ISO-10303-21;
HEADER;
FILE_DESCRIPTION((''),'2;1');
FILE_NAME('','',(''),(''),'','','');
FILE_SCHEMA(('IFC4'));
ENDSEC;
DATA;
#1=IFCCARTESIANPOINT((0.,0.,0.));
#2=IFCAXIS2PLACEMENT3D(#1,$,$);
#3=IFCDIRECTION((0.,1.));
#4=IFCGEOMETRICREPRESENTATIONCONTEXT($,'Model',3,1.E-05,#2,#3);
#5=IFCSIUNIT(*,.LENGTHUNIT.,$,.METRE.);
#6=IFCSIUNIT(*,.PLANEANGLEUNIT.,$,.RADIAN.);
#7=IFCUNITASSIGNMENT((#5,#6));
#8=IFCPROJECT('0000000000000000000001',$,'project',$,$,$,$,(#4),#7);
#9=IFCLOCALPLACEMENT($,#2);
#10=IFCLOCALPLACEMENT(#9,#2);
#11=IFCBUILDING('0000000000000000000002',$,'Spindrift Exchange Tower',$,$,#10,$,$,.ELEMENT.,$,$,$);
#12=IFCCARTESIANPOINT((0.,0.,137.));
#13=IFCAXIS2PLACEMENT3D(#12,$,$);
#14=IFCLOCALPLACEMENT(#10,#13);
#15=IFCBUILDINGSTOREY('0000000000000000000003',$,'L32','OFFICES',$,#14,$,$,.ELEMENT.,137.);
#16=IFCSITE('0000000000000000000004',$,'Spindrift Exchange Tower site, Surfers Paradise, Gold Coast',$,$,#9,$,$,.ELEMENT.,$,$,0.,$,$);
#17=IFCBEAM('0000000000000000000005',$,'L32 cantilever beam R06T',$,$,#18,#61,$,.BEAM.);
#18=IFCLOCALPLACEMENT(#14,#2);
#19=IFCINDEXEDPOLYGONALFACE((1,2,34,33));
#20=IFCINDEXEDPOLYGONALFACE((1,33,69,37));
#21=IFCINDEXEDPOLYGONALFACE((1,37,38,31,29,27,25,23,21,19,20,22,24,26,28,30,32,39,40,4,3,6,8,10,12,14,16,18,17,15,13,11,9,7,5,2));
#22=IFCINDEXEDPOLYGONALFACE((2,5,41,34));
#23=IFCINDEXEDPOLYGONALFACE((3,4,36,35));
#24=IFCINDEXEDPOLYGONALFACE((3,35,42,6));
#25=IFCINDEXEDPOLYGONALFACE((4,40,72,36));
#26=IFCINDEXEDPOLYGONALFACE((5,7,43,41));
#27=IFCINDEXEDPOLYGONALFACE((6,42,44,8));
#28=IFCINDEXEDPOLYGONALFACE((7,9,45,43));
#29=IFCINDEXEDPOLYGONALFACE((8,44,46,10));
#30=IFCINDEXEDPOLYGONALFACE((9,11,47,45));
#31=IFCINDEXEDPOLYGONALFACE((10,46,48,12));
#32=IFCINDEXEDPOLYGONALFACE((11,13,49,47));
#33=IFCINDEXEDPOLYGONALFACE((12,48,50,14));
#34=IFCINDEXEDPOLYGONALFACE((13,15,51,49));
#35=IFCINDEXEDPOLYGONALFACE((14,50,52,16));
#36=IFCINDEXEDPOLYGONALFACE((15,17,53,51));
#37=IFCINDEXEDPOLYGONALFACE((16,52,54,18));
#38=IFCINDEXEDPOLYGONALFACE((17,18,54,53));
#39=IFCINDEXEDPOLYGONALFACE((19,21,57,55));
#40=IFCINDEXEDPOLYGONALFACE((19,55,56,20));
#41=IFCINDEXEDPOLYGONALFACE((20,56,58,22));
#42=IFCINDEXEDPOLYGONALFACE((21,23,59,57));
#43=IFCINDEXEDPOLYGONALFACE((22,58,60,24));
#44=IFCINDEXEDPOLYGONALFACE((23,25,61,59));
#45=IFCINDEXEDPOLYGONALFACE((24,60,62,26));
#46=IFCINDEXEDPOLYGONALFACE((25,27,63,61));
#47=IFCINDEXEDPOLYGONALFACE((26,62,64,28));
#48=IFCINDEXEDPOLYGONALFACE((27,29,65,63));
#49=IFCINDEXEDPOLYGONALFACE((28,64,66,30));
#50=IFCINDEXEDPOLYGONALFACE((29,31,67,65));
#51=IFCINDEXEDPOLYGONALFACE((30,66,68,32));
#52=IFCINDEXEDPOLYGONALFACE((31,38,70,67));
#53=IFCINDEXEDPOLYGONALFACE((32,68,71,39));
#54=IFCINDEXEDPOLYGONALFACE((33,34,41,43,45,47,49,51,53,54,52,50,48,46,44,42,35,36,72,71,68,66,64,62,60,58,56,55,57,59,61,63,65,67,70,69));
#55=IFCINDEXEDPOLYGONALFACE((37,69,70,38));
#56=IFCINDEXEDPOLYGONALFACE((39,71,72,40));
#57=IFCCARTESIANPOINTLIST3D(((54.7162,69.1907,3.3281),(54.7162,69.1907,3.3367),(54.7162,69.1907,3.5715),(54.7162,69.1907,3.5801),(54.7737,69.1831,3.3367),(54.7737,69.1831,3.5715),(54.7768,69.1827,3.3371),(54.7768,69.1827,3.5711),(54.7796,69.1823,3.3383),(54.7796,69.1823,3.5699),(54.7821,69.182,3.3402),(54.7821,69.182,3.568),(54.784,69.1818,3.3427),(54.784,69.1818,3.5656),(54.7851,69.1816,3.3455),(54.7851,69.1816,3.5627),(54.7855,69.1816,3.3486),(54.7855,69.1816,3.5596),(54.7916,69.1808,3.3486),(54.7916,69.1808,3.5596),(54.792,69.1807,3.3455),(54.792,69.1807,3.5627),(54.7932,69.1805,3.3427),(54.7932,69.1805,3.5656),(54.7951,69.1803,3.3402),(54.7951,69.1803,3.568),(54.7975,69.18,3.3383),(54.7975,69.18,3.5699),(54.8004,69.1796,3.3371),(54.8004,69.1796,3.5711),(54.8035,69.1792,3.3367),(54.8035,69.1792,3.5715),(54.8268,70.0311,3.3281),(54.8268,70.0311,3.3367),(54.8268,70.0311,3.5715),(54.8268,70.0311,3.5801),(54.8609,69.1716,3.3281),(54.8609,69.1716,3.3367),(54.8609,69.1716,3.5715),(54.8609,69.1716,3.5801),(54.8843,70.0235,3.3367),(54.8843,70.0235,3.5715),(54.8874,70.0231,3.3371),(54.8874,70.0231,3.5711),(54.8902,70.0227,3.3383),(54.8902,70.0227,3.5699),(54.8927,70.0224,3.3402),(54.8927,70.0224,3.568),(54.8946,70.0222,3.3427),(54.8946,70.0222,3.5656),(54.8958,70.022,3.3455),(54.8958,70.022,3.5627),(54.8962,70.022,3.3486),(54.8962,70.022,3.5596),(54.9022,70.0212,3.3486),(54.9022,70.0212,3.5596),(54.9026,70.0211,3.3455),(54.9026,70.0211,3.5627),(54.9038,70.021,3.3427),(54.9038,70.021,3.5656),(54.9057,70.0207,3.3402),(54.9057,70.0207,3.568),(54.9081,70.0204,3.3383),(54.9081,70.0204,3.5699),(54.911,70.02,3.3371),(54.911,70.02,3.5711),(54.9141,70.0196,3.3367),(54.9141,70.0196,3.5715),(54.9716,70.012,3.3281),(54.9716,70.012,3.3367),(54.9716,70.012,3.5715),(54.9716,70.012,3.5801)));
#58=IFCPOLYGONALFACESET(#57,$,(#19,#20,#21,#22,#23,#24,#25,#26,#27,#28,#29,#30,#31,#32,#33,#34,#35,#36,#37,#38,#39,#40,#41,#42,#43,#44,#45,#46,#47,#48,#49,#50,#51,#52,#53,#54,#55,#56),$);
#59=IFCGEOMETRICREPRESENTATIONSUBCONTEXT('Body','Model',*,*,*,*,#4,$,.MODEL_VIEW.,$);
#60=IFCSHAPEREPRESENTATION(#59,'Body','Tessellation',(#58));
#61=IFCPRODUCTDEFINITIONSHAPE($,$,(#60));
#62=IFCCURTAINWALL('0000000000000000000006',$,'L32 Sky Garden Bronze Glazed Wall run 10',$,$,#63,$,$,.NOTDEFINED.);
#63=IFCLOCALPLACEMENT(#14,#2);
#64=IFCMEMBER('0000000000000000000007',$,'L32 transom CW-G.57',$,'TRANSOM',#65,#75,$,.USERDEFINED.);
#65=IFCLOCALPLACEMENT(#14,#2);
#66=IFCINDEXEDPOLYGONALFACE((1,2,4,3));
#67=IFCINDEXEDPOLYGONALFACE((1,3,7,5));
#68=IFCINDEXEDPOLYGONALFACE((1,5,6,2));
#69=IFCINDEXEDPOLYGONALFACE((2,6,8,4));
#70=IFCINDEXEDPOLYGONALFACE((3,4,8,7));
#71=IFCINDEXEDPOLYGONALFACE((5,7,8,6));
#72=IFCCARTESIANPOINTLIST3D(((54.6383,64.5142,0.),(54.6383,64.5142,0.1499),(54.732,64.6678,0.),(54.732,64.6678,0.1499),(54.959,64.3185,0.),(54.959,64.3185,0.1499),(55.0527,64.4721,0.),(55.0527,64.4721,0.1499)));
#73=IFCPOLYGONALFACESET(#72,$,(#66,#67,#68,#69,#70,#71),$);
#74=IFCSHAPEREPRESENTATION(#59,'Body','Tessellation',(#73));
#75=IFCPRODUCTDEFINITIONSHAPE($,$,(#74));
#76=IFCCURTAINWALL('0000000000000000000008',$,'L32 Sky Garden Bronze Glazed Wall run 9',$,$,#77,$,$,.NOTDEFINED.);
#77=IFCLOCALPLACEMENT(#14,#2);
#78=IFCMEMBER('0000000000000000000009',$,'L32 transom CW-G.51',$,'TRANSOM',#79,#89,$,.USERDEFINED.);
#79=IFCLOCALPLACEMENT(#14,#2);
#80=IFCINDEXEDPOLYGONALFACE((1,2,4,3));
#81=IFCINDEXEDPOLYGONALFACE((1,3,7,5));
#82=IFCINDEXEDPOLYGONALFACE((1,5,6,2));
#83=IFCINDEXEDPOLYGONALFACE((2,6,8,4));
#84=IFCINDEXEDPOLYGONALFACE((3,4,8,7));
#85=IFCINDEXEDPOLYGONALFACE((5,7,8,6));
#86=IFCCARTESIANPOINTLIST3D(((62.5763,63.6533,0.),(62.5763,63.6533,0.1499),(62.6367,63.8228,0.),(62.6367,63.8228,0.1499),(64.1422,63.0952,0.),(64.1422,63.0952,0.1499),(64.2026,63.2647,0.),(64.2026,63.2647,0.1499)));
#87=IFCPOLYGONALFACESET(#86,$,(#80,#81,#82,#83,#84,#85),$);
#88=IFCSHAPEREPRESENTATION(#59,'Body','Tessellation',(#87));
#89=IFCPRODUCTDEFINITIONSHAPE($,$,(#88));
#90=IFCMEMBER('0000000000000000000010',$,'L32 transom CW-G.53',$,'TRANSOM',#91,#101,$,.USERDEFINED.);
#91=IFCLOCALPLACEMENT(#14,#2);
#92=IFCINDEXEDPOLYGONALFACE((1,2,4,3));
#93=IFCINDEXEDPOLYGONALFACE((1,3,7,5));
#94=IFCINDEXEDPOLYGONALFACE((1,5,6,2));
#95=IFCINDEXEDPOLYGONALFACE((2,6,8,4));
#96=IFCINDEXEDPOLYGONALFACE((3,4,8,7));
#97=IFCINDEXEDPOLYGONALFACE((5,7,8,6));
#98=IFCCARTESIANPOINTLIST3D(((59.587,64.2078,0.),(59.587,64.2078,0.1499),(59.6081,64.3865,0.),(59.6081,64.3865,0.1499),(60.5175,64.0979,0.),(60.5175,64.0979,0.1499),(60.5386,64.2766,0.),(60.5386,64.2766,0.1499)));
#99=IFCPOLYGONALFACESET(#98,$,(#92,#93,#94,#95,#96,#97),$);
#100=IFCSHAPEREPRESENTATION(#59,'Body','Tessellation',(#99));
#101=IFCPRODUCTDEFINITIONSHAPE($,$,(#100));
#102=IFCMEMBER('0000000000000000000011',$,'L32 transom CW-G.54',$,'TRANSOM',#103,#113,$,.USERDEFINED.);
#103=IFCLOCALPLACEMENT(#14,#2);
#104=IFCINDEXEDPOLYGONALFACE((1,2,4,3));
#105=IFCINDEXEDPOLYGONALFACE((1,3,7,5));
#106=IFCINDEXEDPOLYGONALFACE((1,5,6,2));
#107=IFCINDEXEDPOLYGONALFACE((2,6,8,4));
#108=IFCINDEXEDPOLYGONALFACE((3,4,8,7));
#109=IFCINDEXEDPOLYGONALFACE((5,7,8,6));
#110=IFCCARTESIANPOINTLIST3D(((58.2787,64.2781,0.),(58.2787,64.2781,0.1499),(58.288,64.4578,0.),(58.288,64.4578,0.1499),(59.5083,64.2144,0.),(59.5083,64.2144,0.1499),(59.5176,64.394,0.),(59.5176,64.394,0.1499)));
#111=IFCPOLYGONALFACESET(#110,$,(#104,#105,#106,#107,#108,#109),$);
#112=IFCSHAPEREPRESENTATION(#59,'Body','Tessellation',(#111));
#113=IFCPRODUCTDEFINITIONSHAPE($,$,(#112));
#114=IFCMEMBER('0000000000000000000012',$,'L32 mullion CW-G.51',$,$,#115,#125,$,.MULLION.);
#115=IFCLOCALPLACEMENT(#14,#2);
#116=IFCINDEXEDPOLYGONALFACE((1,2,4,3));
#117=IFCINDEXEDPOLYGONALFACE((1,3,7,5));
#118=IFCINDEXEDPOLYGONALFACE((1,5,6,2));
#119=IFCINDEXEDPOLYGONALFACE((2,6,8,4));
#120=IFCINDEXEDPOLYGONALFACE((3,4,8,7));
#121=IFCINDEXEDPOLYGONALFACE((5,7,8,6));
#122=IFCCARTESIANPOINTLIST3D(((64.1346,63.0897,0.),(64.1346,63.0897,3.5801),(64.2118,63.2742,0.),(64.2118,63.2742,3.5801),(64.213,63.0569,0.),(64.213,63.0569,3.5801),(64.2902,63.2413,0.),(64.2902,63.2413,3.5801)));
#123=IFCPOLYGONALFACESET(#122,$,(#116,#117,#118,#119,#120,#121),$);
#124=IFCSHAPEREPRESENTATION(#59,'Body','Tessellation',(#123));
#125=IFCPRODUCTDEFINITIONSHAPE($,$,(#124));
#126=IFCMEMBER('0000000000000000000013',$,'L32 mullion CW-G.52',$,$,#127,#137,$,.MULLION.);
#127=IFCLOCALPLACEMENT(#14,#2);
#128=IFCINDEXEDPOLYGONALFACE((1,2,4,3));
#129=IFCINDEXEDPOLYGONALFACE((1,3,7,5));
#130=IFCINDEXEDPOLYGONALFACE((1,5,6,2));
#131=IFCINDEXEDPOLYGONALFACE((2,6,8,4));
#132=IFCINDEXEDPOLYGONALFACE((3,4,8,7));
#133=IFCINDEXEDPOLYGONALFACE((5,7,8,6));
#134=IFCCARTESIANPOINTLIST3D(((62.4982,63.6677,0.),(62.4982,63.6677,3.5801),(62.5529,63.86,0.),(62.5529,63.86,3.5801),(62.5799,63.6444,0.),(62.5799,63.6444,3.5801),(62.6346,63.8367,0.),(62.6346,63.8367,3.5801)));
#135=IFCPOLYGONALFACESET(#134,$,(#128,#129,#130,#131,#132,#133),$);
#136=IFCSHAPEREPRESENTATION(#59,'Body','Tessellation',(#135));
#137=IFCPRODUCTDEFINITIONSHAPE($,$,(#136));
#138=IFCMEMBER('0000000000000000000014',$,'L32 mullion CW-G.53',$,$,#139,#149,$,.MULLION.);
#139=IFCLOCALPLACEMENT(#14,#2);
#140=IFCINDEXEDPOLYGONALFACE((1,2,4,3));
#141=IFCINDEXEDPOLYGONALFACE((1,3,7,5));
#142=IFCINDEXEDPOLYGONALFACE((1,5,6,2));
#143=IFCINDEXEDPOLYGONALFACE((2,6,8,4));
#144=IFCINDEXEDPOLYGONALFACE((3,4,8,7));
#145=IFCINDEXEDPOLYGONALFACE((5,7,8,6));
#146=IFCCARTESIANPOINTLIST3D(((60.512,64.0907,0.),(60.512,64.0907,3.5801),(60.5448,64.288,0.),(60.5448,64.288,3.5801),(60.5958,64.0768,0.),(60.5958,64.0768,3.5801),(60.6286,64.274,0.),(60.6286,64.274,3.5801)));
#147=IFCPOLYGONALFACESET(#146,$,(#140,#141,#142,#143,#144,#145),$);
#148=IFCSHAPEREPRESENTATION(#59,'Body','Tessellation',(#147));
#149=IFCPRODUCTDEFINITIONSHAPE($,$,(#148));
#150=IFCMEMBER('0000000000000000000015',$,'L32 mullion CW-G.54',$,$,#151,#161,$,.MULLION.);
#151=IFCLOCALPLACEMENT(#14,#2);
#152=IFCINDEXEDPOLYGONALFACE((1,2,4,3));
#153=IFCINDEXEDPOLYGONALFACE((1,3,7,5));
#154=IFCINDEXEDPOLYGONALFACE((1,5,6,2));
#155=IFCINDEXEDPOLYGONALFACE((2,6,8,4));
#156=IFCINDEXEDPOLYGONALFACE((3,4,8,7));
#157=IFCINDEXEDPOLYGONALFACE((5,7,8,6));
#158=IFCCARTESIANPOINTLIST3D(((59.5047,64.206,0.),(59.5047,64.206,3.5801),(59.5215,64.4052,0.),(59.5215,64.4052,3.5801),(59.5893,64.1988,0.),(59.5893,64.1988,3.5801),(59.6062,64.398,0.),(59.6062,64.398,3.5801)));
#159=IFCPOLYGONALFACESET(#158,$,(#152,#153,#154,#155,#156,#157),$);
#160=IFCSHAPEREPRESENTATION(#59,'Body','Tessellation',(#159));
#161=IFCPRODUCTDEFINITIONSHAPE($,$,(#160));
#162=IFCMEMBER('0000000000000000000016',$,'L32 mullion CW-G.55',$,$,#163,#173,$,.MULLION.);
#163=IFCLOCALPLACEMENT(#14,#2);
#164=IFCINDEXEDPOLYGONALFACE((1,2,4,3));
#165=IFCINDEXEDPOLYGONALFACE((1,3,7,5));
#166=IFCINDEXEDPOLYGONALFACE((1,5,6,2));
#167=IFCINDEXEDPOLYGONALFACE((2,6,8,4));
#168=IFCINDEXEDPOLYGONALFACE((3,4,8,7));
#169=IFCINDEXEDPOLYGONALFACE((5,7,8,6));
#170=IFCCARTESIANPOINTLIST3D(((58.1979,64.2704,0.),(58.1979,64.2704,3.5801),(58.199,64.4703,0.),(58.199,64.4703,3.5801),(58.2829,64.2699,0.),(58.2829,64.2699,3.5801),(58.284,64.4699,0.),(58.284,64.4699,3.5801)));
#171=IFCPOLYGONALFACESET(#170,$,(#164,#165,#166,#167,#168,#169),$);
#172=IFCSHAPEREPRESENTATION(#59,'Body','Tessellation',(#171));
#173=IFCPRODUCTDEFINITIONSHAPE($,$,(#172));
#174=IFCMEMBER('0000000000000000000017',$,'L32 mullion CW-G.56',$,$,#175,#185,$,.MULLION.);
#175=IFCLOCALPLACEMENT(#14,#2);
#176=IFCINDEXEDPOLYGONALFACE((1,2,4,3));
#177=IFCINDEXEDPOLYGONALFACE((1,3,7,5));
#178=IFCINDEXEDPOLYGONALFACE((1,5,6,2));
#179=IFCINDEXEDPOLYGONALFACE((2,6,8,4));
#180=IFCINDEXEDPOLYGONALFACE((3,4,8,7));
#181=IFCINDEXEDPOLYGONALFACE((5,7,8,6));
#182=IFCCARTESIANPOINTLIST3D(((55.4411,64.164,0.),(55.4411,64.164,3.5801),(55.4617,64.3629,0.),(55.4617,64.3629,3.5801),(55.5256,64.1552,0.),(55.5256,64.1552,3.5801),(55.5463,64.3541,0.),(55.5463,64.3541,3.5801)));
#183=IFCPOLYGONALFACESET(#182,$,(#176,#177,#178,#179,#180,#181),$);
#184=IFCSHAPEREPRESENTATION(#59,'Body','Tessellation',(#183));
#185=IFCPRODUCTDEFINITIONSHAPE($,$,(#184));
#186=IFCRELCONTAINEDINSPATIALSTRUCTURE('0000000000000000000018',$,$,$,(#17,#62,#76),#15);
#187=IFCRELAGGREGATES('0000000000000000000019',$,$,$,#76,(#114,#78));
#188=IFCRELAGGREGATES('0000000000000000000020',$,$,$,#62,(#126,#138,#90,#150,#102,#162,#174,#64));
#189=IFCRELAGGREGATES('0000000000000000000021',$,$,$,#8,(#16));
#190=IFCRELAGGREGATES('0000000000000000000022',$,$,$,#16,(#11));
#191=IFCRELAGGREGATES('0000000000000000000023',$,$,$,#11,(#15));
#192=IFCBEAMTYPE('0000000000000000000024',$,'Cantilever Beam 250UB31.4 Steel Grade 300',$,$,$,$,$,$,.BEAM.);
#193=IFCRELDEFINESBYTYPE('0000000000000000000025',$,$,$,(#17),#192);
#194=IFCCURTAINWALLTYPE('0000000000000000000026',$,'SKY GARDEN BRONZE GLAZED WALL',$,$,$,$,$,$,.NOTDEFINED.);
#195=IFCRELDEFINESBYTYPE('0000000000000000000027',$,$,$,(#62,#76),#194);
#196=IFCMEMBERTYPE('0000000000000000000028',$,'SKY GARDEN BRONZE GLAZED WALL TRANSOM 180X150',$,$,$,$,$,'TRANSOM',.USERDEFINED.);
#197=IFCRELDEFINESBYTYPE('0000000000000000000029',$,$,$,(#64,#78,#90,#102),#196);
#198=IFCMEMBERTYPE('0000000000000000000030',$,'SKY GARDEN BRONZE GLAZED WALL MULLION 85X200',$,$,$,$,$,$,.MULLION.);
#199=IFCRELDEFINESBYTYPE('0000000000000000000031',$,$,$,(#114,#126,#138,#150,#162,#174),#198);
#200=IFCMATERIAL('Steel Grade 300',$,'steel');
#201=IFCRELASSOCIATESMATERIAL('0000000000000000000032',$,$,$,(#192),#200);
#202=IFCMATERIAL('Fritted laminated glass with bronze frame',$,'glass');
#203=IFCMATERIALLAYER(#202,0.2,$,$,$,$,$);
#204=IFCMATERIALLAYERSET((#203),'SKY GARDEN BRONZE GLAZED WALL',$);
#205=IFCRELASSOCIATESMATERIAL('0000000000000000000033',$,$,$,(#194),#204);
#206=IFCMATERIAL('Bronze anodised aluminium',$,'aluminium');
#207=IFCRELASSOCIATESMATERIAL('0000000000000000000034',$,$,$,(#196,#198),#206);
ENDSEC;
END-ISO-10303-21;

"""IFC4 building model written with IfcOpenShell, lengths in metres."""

from ifc_helpers import new_model, si_unit, direction, frame, origin, origin_2d, place, context, subcontext, project, spatial, rectangle, i_section, extrude, source, transform, mapped, material, layer, layer_set, material_profile, profile_set, type_object, element, aggregate, save


model = new_model("IFC4")

# Units and contexts
model_context = context("Model", 3, precision=1e-05, world=origin(), true_north=direction((0.0, 1.0)))
body_context = subcontext(model_context, "Body", "Model", "MODEL_VIEW")
ifc_project = project(units=[si_unit("LENGTHUNIT", "METRE"), si_unit("PLANEANGLEUNIT", "RADIAN")], contexts=[model_context])

# Site, building, storey
site_placement = place(None, origin())
site = spatial("IfcSite", under=ifc_project, at=site_placement, Name="Spindrift Exchange Tower site, Surfers Paradise, Gold Coast", CompositionType="ELEMENT", RefElevation=0.0)
building_placement = place(site_placement, origin())
building = spatial("IfcBuilding", under=site, at=building_placement, Name="Spindrift Exchange Tower", CompositionType="ELEMENT")
storey_placement = place(building_placement, frame((0.0, 0.0, 137.0)))
storey = spatial("IfcBuildingStorey", under=building, at=storey_placement, Name="L32", Description="OFFICES", CompositionType="ELEMENT", Elevation=137.0)

# Beam
ifc_material_1 = material(Name="Steel Grade 300", Category="steel")
ifc_material_profile_1 = material_profile(ifc_material_1, i_section(OverallWidth=0.146, OverallDepth=0.252, WebThickness=0.0061, FlangeThickness=0.0085, FilletRadius=0.012, at=origin_2d()), Name="250UB31.4")
ifc_profile_set_1 = profile_set([ifc_material_profile_1], Name="Steel Grade 300")
beam_type_1 = type_object("IfcBeamType", Name="Cantilever Beam 250UB31.4 Steel Grade 300", PredefinedType="BEAM", material=ifc_profile_set_1)
shared_shape_1 = source(origin(), body_context, "Body", "SweptSolid", [
    extrude(i_section(OverallWidth=0.146, OverallDepth=0.252, WebThickness=0.0061, FlangeThickness=0.0085, FilletRadius=0.012, at=origin_2d()), origin(), (0.0, 0.0, 1.0), 0.8477),
])
beam_1_placement = place(storey_placement, frame((54.7886, 69.1812, 3.4541), z_axis=(0.130484, 0.99145, 0.0), x_axis=(-0.99145, 0.130484, 0.0)))
element("IfcBeam", 1, at=beam_1_placement, inside=storey, type_object=beam_type_1, Name="L32 cantilever beam R06T", PredefinedType="BEAM", context=body_context, shape_type="MappedRepresentation", body=[
    mapped(shared_shape_1, transform((0.0, 0.0, 0.0), scale=1.0)),
])

# Curtain walls, members
ifc_material_2 = material(Name="Fritted laminated glass with bronze frame", Category="glass")
ifc_layer_1 = layer(ifc_material_2, 0.2)
ifc_layer_set_1 = layer_set([ifc_layer_1], Name="SKY GARDEN BRONZE GLAZED WALL")
curtain_wall_type = type_object("IfcCurtainWallType", Name="SKY GARDEN BRONZE GLAZED WALL", PredefinedType="NOTDEFINED", material=ifc_layer_set_1)
curtain_wall_1_placement = place(storey_placement, origin())
curtain_wall_1 = element("IfcCurtainWall", 2, at=curtain_wall_1_placement, inside=storey, type_object=curtain_wall_type, Name="L32 Sky Garden Bronze Glazed Wall run 10", PredefinedType="NOTDEFINED")
ifc_material_3 = material(Name="Bronze anodised aluminium", Category="aluminium")
ifc_material_profile_2 = material_profile(ifc_material_3, rectangle(XDim=0.1799, YDim=0.1499, at=origin_2d()), Name="SKY GARDEN BRONZE GLAZED WALL TRANSOM 180X150")
ifc_profile_set_2 = profile_set([ifc_material_profile_2], Name="Bronze anodised aluminium")
member_type_1 = type_object("IfcMemberType", Name="SKY GARDEN BRONZE GLAZED WALL TRANSOM 180X150", ElementType="TRANSOM", PredefinedType="USERDEFINED", material=ifc_profile_set_2)
shared_shape_2 = source(origin(), body_context, "Body", "SweptSolid", [
    extrude(rectangle(XDim=0.1799, YDim=0.1499, at=origin_2d()), origin(), (0.0, 0.0, 1.0), 0.3757),
])
member_1_placement = place(storey_placement, frame((55.0059, 64.3953, 0.075), z_axis=(-0.853571, 0.520977, 0.0), x_axis=(-0.520977, -0.853571, 0.0)))
member_1 = element("IfcMember", 3, at=member_1_placement, type_object=member_type_1, Name="L32 transom CW-G.57", ObjectType="TRANSOM", PredefinedType="USERDEFINED", context=body_context, shape_type="MappedRepresentation", body=[
    mapped(shared_shape_2, transform((0.0, 0.0, 0.0), scale=1.0)),
])
curtain_wall_2_placement = place(storey_placement, origin())
curtain_wall_2 = element("IfcCurtainWall", 4, at=curtain_wall_2_placement, inside=storey, type_object=curtain_wall_type, Name="L32 Sky Garden Bronze Glazed Wall run 9", PredefinedType="NOTDEFINED")
shared_shape_3 = source(origin(), body_context, "Body", "SweptSolid", [
    extrude(rectangle(XDim=0.1799, YDim=0.1499, at=origin_2d()), origin(), (0.0, 0.0, 1.0), 1.6624),
])
member_2_placement = place(storey_placement, frame((64.1724, 63.1799, 0.075), z_axis=(-0.941961, 0.335722, 0.0), x_axis=(-0.335722, -0.941961, 0.0)))
member_2 = element("IfcMember", 5, at=member_2_placement, type_object=member_type_1, Name="L32 transom CW-G.51", ObjectType="TRANSOM", PredefinedType="USERDEFINED", context=body_context, shape_type="MappedRepresentation", body=[
    mapped(shared_shape_3, transform((0.0, 0.0, 0.0), scale=1.0)),
])

# Members
shared_shape_4 = source(origin(), body_context, "Body", "SweptSolid", [
    extrude(rectangle(XDim=0.1799, YDim=0.1499, at=origin_2d()), origin(), (0.0, 0.0, 1.0), 0.937),
])
member_3_placement = place(storey_placement, frame((60.5281, 64.1873, 0.075), z_axis=(-0.993104, 0.117234, 0.0), x_axis=(-0.117234, -0.993104, 0.0)))
member_3 = element("IfcMember", 6, at=member_3_placement, type_object=member_type_1, Name="L32 transom CW-G.53", ObjectType="TRANSOM", PredefinedType="USERDEFINED", context=body_context, shape_type="MappedRepresentation", body=[
    mapped(shared_shape_4, transform((0.0, 0.0, 0.0), scale=1.0)),
])
shared_shape_5 = source(origin(), body_context, "Body", "SweptSolid", [
    extrude(rectangle(XDim=0.1799, YDim=0.1499, at=origin_2d()), origin(), (0.0, 0.0, 1.0), 1.2312),
])
member_4_placement = place(storey_placement, frame((59.5129, 64.3042, 0.075), z_axis=(-0.99866, 0.051757, 0.0), x_axis=(-0.051757, -0.99866, 0.0)))
member_4 = element("IfcMember", 7, at=member_4_placement, type_object=member_type_1, Name="L32 transom CW-G.54", ObjectType="TRANSOM", PredefinedType="USERDEFINED", context=body_context, shape_type="MappedRepresentation", body=[
    mapped(shared_shape_5, transform((0.0, 0.0, 0.0), scale=1.0)),
])
ifc_material_profile_3 = material_profile(ifc_material_3, rectangle(XDim=0.085, YDim=0.2, at=origin_2d()), Name="SKY GARDEN BRONZE GLAZED WALL MULLION 85X200")
ifc_profile_set_3 = profile_set([ifc_material_profile_3], Name="Bronze anodised aluminium")
member_type_2 = type_object("IfcMemberType", Name="SKY GARDEN BRONZE GLAZED WALL MULLION 85X200", PredefinedType="MULLION", material=ifc_profile_set_3)
shared_shape_6 = source(origin(), body_context, "Body", "SweptSolid", [
    extrude(rectangle(XDim=0.085, YDim=0.2, at=origin_2d()), origin(), (0.0, 0.0, 1.0), 3.5801),
])
member_5_placement = place(storey_placement, frame((64.2124, 63.1655, 0.0), z_axis=(0.0, 0.0, 1.0), x_axis=(-0.922436, 0.38615, 0.0)))
member_5 = element("IfcMember", 8, at=member_5_placement, type_object=member_type_2, Name="L32 mullion CW-G.51", PredefinedType="MULLION", context=body_context, shape_type="MappedRepresentation", body=[
    mapped(shared_shape_6, transform((0.0, 0.0, 0.0), scale=1.0)),
])
member_6_placement = place(storey_placement, frame((62.5664, 63.7522, 0.0), z_axis=(0.0, 0.0, 1.0), x_axis=(-0.961791, 0.273786, 0.0)))
member_6 = element("IfcMember", 9, at=member_6_placement, type_object=member_type_2, Name="L32 mullion CW-G.52", PredefinedType="MULLION", context=body_context, shape_type="MappedRepresentation", body=[
    mapped(shared_shape_6, transform((0.0, 0.0, 0.0), scale=1.0)),
])
member_7_placement = place(storey_placement, frame((60.5703, 64.1824, 0.0), z_axis=(0.0, 0.0, 1.0), x_axis=(-0.986451, 0.164057, 0.0)))
member_7 = element("IfcMember", 10, at=member_7_placement, type_object=member_type_2, Name="L32 mullion CW-G.53", PredefinedType="MULLION", context=body_context, shape_type="MappedRepresentation", body=[
    mapped(shared_shape_6, transform((0.0, 0.0, 0.0), scale=1.0)),
])
member_8_placement = place(storey_placement, frame((59.5554, 64.302, 0.0), z_axis=(0.0, 0.0, 1.0), x_axis=(-0.996432, 0.0844, 0.0)))
member_8 = element("IfcMember", 11, at=member_8_placement, type_object=member_type_2, Name="L32 mullion CW-G.54", PredefinedType="MULLION", context=body_context, shape_type="MappedRepresentation", body=[
    mapped(shared_shape_6, transform((0.0, 0.0, 0.0), scale=1.0)),
])
member_9_placement = place(storey_placement, frame((58.241, 64.3701, 0.0), z_axis=(0.0, 0.0, 1.0), x_axis=(-0.999984, 0.005616, 0.0)))
member_9 = element("IfcMember", 12, at=member_9_placement, type_object=member_type_2, Name="L32 mullion CW-G.55", PredefinedType="MULLION", context=body_context, shape_type="MappedRepresentation", body=[
    mapped(shared_shape_6, transform((0.0, 0.0, 0.0), scale=1.0)),
])
member_10_placement = place(storey_placement, frame((55.4937, 64.259, 0.0), z_axis=(0.0, 0.0, 1.0), x_axis=(-0.99463, 0.103493, 0.0)))
member_10 = element("IfcMember", 13, at=member_10_placement, type_object=member_type_2, Name="L32 mullion CW-G.56", PredefinedType="MULLION", context=body_context, shape_type="MappedRepresentation", body=[
    mapped(shared_shape_6, transform((0.0, 0.0, 0.0), scale=1.0)),
])

aggregate(curtain_wall_2, [member_5, member_2])
aggregate(curtain_wall_1, [member_6, member_7, member_3, member_8, member_4, member_9, member_10, member_1])

save(model, "model.ifc")
